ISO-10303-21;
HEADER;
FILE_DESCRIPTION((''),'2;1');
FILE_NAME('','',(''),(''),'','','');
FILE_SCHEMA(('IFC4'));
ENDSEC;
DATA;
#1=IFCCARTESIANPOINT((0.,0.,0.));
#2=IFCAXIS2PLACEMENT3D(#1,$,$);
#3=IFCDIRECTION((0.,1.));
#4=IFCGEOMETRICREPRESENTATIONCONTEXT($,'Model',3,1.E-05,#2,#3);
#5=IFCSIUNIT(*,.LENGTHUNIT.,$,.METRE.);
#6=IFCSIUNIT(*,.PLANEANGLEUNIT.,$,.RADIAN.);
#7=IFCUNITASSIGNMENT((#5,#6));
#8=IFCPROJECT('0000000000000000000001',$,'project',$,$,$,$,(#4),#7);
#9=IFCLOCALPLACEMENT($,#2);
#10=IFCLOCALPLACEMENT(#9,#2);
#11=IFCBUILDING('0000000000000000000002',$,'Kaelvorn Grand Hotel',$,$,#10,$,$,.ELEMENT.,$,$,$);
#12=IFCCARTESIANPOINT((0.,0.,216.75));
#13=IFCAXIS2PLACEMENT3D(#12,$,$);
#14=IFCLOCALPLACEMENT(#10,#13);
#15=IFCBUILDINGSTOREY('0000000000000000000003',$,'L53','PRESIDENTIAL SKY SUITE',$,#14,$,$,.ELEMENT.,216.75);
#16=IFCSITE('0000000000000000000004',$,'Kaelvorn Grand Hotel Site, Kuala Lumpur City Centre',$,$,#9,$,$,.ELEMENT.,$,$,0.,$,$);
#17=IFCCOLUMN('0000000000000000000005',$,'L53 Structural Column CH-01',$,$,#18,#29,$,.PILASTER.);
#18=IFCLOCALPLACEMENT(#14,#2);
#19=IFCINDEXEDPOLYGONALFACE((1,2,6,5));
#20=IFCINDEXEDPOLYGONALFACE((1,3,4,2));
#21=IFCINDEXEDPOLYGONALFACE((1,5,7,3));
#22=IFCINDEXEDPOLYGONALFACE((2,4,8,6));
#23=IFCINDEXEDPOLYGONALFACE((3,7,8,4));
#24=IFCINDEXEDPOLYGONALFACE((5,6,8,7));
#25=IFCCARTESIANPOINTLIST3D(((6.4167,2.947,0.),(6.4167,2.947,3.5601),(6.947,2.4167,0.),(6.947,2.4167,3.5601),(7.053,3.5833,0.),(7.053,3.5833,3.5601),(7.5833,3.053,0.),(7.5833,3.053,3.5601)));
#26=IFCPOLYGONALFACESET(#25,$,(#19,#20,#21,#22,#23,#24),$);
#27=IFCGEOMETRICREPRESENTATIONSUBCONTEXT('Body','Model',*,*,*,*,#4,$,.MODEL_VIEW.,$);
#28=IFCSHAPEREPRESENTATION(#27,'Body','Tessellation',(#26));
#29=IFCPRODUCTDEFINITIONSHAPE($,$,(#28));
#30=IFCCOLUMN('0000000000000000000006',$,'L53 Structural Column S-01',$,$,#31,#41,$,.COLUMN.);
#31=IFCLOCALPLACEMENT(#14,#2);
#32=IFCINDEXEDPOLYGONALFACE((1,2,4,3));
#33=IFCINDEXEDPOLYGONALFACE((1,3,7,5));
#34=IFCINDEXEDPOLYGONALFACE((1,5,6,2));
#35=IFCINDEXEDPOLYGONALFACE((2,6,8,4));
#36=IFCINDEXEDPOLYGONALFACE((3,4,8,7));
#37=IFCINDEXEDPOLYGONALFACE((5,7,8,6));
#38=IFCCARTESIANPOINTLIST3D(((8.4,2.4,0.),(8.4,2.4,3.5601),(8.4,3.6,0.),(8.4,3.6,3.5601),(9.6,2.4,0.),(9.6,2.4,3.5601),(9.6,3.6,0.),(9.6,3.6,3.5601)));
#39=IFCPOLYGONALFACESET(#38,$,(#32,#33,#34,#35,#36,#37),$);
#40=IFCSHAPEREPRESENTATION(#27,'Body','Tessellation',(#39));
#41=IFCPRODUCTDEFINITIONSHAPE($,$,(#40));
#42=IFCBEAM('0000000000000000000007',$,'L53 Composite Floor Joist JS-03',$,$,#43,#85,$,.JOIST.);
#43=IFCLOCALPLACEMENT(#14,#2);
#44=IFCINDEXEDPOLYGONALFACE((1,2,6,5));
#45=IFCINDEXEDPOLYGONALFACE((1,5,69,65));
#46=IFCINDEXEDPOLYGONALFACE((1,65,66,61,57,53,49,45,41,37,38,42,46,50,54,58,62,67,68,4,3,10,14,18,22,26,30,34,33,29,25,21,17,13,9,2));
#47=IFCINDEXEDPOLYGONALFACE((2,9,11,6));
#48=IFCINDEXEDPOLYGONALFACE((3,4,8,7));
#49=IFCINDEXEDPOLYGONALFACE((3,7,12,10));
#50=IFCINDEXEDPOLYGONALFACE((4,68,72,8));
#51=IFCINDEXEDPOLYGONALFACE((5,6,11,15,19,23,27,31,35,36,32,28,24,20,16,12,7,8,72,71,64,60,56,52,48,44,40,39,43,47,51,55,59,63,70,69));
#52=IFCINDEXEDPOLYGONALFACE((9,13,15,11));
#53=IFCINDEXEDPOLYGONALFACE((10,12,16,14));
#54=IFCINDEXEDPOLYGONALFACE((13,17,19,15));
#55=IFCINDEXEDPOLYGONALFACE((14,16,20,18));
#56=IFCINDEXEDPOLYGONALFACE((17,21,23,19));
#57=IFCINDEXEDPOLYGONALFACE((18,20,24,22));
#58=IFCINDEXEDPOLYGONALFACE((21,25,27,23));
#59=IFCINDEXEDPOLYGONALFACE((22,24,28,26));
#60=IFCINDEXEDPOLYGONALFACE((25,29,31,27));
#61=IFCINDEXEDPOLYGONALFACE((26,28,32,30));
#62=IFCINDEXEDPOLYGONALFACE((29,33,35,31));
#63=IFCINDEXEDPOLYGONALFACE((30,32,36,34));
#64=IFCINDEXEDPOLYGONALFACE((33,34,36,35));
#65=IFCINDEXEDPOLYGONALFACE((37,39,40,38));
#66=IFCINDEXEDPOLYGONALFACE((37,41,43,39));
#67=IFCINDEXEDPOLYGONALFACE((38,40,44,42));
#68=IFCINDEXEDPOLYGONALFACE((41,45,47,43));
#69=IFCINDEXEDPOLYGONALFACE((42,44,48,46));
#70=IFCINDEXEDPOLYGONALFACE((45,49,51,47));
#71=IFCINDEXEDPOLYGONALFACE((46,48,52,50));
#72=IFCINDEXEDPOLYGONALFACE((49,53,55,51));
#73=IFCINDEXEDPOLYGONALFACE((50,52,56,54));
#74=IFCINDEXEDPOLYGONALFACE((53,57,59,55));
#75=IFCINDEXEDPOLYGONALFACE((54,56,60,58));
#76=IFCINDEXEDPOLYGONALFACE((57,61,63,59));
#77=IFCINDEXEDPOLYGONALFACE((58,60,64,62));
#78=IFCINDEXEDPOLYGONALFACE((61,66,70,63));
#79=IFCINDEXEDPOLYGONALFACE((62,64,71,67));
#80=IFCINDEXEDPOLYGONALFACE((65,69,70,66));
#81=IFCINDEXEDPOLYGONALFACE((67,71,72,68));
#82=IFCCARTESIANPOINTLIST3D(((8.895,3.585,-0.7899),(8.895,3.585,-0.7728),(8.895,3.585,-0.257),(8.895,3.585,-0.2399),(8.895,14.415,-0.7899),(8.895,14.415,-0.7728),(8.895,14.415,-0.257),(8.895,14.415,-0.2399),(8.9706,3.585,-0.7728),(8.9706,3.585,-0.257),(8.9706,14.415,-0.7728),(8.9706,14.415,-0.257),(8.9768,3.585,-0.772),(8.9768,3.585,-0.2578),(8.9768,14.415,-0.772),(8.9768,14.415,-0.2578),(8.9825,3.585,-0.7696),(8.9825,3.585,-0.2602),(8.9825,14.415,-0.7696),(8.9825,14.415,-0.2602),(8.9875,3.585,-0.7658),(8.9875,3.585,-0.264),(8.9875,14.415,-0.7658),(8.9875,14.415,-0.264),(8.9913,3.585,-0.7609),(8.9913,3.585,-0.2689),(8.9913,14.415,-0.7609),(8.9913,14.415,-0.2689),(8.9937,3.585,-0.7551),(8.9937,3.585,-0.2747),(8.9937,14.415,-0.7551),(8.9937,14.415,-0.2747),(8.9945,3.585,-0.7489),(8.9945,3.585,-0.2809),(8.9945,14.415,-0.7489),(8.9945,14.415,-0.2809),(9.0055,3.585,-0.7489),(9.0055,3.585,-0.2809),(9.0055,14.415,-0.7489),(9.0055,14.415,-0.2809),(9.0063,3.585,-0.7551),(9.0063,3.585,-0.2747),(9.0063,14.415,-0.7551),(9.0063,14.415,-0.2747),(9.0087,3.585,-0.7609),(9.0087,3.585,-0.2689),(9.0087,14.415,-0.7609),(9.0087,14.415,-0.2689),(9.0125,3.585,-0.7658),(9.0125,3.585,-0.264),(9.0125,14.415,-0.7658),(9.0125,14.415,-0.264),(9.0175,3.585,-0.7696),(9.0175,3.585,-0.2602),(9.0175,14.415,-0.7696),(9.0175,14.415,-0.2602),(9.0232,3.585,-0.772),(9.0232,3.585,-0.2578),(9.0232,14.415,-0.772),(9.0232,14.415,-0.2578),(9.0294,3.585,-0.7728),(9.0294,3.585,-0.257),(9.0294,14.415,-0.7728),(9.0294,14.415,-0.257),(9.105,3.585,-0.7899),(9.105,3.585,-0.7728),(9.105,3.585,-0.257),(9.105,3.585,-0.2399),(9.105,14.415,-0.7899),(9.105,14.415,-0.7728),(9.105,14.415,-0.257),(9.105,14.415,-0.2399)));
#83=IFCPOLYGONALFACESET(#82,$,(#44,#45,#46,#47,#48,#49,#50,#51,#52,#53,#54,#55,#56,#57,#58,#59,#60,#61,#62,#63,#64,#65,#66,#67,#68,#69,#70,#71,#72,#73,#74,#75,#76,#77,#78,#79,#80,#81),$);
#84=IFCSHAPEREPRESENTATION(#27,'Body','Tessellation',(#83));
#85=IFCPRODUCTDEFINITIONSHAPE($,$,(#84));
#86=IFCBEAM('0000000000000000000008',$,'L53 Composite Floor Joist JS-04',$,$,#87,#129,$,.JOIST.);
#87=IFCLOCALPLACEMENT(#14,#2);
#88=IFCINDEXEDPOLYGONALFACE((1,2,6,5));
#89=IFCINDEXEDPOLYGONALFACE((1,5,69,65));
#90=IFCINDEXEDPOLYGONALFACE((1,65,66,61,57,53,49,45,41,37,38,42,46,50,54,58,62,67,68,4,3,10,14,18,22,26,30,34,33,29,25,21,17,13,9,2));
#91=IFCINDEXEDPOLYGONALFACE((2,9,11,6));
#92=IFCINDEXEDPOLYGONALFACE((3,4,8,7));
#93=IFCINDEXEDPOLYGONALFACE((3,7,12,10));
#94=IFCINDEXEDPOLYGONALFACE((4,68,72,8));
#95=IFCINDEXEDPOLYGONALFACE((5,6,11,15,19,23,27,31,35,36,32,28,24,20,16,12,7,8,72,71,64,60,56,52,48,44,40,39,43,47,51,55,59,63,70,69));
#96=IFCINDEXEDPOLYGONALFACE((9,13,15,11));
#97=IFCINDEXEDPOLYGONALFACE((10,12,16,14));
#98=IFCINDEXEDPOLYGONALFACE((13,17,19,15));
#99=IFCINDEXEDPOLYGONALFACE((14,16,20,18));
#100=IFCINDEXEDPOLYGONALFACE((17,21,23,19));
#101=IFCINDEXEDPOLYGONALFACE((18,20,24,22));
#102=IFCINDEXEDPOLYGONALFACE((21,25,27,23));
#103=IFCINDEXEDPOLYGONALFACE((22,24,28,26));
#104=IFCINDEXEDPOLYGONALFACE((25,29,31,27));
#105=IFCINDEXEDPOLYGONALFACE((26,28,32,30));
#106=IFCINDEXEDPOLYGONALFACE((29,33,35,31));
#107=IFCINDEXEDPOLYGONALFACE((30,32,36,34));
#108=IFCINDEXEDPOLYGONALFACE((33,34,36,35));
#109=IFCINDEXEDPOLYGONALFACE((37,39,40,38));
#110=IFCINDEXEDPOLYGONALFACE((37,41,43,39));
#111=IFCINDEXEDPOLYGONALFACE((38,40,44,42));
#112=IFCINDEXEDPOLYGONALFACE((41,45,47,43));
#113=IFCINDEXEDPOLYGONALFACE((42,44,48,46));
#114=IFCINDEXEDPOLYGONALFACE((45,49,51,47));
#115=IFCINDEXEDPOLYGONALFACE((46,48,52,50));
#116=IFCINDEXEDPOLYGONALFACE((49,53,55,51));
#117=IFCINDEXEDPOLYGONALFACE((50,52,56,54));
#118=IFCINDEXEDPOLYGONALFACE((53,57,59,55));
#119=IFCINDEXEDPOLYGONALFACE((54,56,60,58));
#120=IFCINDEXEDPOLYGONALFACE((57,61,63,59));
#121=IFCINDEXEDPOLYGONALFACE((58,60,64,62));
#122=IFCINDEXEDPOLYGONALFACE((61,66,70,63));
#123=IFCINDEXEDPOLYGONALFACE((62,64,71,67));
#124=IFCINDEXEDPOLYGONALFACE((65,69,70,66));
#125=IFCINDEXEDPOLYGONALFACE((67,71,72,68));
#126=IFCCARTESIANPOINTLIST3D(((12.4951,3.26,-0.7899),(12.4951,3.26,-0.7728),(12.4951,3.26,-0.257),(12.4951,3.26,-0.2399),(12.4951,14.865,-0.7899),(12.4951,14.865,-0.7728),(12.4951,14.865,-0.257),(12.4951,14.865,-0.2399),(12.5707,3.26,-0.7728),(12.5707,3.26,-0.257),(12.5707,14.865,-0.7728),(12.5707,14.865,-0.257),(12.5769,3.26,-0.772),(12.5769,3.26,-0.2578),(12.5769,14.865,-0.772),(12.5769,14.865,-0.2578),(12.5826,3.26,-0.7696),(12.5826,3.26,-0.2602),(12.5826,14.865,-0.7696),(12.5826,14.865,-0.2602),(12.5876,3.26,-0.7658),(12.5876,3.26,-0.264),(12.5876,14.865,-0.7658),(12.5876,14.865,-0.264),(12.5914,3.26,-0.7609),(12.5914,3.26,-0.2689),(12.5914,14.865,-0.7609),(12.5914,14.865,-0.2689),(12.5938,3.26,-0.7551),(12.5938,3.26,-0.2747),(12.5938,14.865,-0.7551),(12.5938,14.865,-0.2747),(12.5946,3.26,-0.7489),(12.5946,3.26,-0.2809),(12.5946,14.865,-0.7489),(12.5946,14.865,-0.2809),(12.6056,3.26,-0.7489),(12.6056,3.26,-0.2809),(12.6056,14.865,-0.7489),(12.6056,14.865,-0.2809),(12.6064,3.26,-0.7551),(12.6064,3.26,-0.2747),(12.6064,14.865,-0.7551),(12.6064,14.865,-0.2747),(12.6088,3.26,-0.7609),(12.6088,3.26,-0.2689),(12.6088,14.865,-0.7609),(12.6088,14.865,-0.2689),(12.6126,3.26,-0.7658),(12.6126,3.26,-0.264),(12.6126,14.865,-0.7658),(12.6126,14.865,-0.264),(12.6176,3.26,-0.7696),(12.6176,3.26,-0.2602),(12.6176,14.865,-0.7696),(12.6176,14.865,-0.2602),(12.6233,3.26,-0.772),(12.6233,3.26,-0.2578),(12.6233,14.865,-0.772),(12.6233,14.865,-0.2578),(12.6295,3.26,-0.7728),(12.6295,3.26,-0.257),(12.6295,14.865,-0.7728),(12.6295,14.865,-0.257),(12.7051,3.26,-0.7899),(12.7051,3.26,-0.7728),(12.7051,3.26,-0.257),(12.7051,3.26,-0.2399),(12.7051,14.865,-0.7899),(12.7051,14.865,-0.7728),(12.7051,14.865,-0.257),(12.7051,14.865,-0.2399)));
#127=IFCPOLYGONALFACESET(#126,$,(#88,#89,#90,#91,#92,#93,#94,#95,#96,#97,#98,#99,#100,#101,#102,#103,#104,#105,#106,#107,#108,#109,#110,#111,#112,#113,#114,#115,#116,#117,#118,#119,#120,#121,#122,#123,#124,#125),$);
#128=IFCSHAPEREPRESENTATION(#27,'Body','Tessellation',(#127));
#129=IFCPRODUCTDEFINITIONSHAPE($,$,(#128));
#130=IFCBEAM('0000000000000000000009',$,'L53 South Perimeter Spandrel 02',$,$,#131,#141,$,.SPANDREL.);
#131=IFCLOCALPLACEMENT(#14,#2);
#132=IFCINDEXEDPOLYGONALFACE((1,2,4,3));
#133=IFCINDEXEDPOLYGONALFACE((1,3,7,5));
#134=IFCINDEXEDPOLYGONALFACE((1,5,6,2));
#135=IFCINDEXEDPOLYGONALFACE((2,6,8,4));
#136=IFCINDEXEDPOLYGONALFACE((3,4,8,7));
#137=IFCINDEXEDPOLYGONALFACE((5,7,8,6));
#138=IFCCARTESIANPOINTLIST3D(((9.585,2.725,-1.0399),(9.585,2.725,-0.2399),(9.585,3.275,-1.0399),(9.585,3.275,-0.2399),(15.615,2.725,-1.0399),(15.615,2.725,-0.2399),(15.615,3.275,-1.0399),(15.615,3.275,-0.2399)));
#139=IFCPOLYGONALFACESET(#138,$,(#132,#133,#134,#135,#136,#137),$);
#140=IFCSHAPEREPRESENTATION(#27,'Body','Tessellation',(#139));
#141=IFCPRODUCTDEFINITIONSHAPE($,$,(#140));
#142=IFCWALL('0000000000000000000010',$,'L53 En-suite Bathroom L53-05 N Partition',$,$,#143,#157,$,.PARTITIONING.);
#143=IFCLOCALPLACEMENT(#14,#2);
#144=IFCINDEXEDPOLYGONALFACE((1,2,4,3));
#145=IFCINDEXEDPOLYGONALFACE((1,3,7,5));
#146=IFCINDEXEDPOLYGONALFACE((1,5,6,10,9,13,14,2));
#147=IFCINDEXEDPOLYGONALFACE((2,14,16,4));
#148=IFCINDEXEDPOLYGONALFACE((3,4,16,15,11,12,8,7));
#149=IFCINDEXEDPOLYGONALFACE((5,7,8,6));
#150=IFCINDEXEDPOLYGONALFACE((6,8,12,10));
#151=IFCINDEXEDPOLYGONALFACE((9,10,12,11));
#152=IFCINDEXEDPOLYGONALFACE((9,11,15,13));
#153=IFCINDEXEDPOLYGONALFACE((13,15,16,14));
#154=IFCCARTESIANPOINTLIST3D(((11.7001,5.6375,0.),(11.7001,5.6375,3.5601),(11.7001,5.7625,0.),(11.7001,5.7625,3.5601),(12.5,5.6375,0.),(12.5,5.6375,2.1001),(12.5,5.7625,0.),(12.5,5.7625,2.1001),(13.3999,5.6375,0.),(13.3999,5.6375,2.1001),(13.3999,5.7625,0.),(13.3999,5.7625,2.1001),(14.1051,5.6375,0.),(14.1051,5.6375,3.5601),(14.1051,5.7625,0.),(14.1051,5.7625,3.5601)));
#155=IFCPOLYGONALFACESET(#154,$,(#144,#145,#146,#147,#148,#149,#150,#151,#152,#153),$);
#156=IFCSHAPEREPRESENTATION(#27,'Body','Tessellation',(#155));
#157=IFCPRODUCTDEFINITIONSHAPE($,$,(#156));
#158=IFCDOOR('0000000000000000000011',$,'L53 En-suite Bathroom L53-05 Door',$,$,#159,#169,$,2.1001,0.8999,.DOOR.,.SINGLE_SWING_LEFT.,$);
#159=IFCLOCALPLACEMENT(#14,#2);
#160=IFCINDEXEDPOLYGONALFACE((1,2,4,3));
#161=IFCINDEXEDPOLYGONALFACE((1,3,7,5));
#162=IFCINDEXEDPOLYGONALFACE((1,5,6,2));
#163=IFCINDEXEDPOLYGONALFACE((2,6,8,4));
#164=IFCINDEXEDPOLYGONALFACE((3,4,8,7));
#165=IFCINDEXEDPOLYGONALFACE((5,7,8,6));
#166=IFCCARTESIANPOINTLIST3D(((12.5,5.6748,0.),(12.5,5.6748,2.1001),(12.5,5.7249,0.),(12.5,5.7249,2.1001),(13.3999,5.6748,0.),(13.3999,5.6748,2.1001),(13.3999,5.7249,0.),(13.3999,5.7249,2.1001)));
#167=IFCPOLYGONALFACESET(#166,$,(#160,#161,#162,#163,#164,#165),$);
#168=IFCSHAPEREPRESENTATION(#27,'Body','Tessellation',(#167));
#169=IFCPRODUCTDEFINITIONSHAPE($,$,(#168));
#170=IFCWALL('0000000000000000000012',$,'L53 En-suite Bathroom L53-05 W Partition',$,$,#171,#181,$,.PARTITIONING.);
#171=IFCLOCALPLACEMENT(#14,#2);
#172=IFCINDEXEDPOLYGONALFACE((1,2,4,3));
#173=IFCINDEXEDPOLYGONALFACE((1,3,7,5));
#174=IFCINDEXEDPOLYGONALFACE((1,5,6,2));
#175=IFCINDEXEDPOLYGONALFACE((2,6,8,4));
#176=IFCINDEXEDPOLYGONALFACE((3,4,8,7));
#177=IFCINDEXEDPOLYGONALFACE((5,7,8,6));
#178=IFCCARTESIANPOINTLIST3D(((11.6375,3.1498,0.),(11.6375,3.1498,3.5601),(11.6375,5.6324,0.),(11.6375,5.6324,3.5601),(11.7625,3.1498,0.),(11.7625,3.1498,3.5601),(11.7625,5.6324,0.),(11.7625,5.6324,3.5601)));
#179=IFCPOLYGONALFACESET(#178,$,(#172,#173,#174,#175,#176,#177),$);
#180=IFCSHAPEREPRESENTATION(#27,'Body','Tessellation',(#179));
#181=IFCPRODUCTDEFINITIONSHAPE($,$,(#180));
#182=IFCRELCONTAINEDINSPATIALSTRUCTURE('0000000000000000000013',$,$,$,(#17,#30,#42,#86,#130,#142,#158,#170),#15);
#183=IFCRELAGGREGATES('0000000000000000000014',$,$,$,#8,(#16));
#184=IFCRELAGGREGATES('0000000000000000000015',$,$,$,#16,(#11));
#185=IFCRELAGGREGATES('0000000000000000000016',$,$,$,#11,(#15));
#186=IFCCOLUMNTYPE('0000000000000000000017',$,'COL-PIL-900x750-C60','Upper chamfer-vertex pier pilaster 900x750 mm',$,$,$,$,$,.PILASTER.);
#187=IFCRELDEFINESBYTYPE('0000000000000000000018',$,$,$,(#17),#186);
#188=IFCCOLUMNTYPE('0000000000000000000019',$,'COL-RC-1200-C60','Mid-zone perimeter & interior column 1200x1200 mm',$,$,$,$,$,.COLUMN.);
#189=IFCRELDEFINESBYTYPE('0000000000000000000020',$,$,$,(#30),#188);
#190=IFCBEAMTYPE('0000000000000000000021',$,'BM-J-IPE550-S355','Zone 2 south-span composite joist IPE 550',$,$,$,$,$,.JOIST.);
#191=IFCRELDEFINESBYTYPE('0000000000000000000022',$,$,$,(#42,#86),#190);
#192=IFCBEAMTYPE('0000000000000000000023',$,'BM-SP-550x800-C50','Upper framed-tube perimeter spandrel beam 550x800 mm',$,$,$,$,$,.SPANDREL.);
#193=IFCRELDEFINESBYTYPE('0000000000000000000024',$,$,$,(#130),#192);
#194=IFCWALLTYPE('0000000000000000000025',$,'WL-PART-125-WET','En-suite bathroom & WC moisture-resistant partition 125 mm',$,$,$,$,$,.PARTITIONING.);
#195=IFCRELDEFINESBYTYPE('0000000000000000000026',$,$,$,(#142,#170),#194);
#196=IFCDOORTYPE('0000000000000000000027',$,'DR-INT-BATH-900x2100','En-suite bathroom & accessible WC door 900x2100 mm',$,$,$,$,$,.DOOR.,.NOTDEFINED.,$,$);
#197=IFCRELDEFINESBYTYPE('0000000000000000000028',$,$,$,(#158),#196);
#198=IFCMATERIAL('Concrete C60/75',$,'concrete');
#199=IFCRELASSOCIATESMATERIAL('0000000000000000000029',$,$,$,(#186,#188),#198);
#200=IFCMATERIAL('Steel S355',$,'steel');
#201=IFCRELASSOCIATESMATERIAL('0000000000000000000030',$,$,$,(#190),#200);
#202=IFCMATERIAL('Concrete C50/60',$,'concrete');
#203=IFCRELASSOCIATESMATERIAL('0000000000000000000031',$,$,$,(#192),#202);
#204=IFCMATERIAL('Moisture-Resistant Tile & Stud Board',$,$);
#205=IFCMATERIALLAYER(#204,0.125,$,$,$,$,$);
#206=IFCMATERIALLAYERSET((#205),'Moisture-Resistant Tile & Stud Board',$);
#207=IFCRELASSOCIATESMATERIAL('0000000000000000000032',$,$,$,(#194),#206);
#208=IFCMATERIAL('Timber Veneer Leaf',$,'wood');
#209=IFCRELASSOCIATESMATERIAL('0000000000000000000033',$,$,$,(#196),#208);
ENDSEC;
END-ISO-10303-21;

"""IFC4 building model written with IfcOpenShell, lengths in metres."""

from ifc_helpers import new_model, si_unit, direction, frame, frame_2d, origin, origin_2d, place, context, subcontext, project, spatial, rectangle, i_section, extrude, material, layer, layer_set, material_profile, profile_set, type_object, element, fill, save


model = new_model("IFC4")

# Units and contexts
model_context = context("Model", 3, precision=1e-05, world=origin(), true_north=direction((0.0, 1.0)))
body_context = subcontext(model_context, "Body", "Model", "MODEL_VIEW")
ifc_project = project(units=[si_unit("LENGTHUNIT", "METRE"), si_unit("PLANEANGLEUNIT", "RADIAN")], contexts=[model_context])

# Site, building, storey
site_placement = place(None, origin())
site = spatial("IfcSite", under=ifc_project, at=site_placement, Name="Kaelvorn Grand Hotel Site, Kuala Lumpur City Centre", CompositionType="ELEMENT", RefElevation=0.0)
building_placement = place(site_placement, origin())
building = spatial("IfcBuilding", under=site, at=building_placement, Name="Kaelvorn Grand Hotel", CompositionType="ELEMENT")
storey_placement = place(building_placement, frame((0.0, 0.0, 216.75)))
storey = spatial("IfcBuildingStorey", under=building, at=storey_placement, Name="L53", Description="PRESIDENTIAL SKY SUITE", CompositionType="ELEMENT", Elevation=216.75)

# Columns
ifc_material_1 = material(Name="Concrete C60/75", Category="concrete")
ifc_material_profile_1 = material_profile(ifc_material_1, rectangle(XDim=0.8999, YDim=0.75, at=origin_2d()), Name="RC PILASTER 900x750")
ifc_profile_set_1 = profile_set([ifc_material_profile_1], Name="Concrete C60/75")
column_type_1 = type_object("IfcColumnType", Name="COL-PIL-900x750-C60", Description="Upper chamfer-vertex pier pilaster 900x750 mm", PredefinedType="PILASTER", material=ifc_profile_set_1)
column_1_placement = place(storey_placement, frame((7.0, 3.0, 0.0), z_axis=(0.0, 0.0, 1.0), x_axis=(0.707107, 0.707107, 0.0)))
element("IfcColumn", 1, at=column_1_placement, inside=storey, type_object=column_type_1, Name="L53 Structural Column CH-01", PredefinedType="PILASTER", context=body_context, shape_type="SweptSolid", body=[
    extrude(rectangle(XDim=0.8999, YDim=0.75, at=origin_2d()), origin(), (0.0, 0.0, 1.0), 3.5601),
])
ifc_material_profile_2 = material_profile(ifc_material_1, rectangle(XDim=1.2, YDim=1.2, at=origin_2d()), Name="RC COL 1200x1200")
ifc_profile_set_2 = profile_set([ifc_material_profile_2], Name="Concrete C60/75")
column_type_2 = type_object("IfcColumnType", Name="COL-RC-1200-C60", Description="Mid-zone perimeter & interior column 1200x1200 mm", PredefinedType="COLUMN", material=ifc_profile_set_2)
column_2_placement = place(storey_placement, frame((9.0, 3.0, 0.0), z_axis=(0.0, 0.0, 1.0), x_axis=(1.0, 0.0, 0.0)))
element("IfcColumn", 2, at=column_2_placement, inside=storey, type_object=column_type_2, Name="L53 Structural Column S-01", PredefinedType="COLUMN", context=body_context, shape_type="SweptSolid", body=[
    extrude(rectangle(XDim=1.2, YDim=1.2, at=origin_2d()), origin(), (0.0, 0.0, 1.0), 3.5601),
])

# Beams
ifc_material_2 = material(Name="Steel S355", Category="steel")
ifc_material_profile_3 = material_profile(ifc_material_2, i_section(OverallWidth=0.21, OverallDepth=0.55, WebThickness=0.011, FlangeThickness=0.0171, FilletRadius=0.0239, at=origin_2d()), Name="IPE 550")
ifc_profile_set_3 = profile_set([ifc_material_profile_3], Name="Steel S355")
beam_type_1 = type_object("IfcBeamType", Name="BM-J-IPE550-S355", Description="Zone 2 south-span composite joist IPE 550", PredefinedType="JOIST", material=ifc_profile_set_3)
beam_1_placement = place(storey_placement, frame((9.0, 3.585, -0.5149), z_axis=(0.0, 1.0, 0.0), x_axis=(-1.0, 0.0, 0.0)))
element("IfcBeam", 3, at=beam_1_placement, inside=storey, type_object=beam_type_1, Name="L53 Composite Floor Joist JS-03", PredefinedType="JOIST", context=body_context, shape_type="SweptSolid", body=[
    extrude(i_section(OverallWidth=0.21, OverallDepth=0.55, WebThickness=0.011, FlangeThickness=0.0171, FilletRadius=0.0239, at=origin_2d()), origin(), (0.0, 0.0, 1.0), 10.8301),
])
beam_2_placement = place(storey_placement, frame((12.6001, 3.26, -0.5149), z_axis=(0.0, 1.0, 0.0), x_axis=(-1.0, 0.0, 0.0)))
element("IfcBeam", 4, at=beam_2_placement, inside=storey, type_object=beam_type_1, Name="L53 Composite Floor Joist JS-04", PredefinedType="JOIST", context=body_context, shape_type="SweptSolid", body=[
    extrude(i_section(OverallWidth=0.21, OverallDepth=0.55, WebThickness=0.011, FlangeThickness=0.0171, FilletRadius=0.0239, at=origin_2d()), origin(), (0.0, 0.0, 1.0), 11.605),
])
ifc_material_3 = material(Name="Concrete C50/60", Category="concrete")
ifc_material_profile_4 = material_profile(ifc_material_3, rectangle(XDim=0.55, YDim=0.8, at=origin_2d()), Name="RC SPANDREL 550x800")
ifc_profile_set_4 = profile_set([ifc_material_profile_4], Name="Concrete C50/60")
beam_type_2 = type_object("IfcBeamType", Name="BM-SP-550x800-C50", Description="Upper framed-tube perimeter spandrel beam 550x800 mm", PredefinedType="SPANDREL", material=ifc_profile_set_4)
beam_3_placement = place(storey_placement, frame((9.585, 3.0, -0.6399), z_axis=(1.0, 0.0, 0.0), x_axis=(0.0, 1.0, 0.0)))
element("IfcBeam", 5, at=beam_3_placement, inside=storey, type_object=beam_type_2, Name="L53 South Perimeter Spandrel 02", PredefinedType="SPANDREL", context=body_context, shape_type="SweptSolid", body=[
    extrude(rectangle(XDim=0.55, YDim=0.8, at=origin_2d()), origin(), (0.0, 0.0, 1.0), 6.03),
])

# Wall, opening, door
ifc_material_4 = material(Name="Moisture-Resistant Tile & Stud Board")
ifc_layer_1 = layer(ifc_material_4, 0.125)
ifc_layer_set_1 = layer_set([ifc_layer_1], Name="Moisture-Resistant Tile & Stud Board")
wall_type_1 = type_object("IfcWallType", Name="WL-PART-125-WET", Description="En-suite bathroom & WC moisture-resistant partition 125 mm", PredefinedType="PARTITIONING", material=ifc_layer_set_1)
wall_1_placement = place(storey_placement, frame((11.7, 5.7, 0.0), z_axis=(0.0, 0.0, 1.0), x_axis=(1.0, 0.0, 0.0)))
wall_1 = element("IfcWall", 6, at=wall_1_placement, inside=storey, type_object=wall_type_1, Name="L53 En-suite Bathroom L53-05 N Partition", PredefinedType="PARTITIONING", context=body_context, shape_type="SweptSolid", body=[
    extrude(rectangle(XDim=2.405, YDim=0.125, at=frame_2d((1.2026, 0.0))), origin(), (0.0, 0.0, 1.0), 3.5601),
])
opening_1_placement = place(wall_1_placement, frame((0.8, 0.0, 0.0)))
opening_1 = element("IfcOpeningElement", 7, at=opening_1_placement, cuts=wall_1, PredefinedType="OPENING", context=body_context, shape_type="SweptSolid", body=[
    extrude(rectangle(XDim=0.8999, YDim=2.1001, at=frame_2d((0.45, 1.05))), frame((0.0, 0.0725, 0.0), z_axis=(0.0, -1.0, 0.0), x_axis=(1.0, 0.0, 0.0)), (0.0, 0.0, 1.0), 0.145),
])
ifc_material_5 = material(Name="Timber Veneer Leaf", Category="wood")
door_type_1 = type_object("IfcDoorType", Name="DR-INT-BATH-900x2100", Description="En-suite bathroom & accessible WC door 900x2100 mm", OperationType="NOTDEFINED", PredefinedType="DOOR", material=ifc_material_5)
door_1_placement = place(opening_1_placement, origin())
door_1 = element("IfcDoor", 8, at=door_1_placement, inside=storey, type_object=door_type_1, Name="L53 En-suite Bathroom L53-05 Door", OperationType="SINGLE_SWING_LEFT", OverallHeight=2.1001, OverallWidth=0.8999, PredefinedType="DOOR", context=body_context, shape_type="SweptSolid", body=[
    extrude(rectangle(XDim=0.8999, YDim=2.1001, at=frame_2d((0.45, 1.05))), frame((0.0, 0.0249, 0.0), z_axis=(0.0, -1.0, 0.0), x_axis=(1.0, 0.0, 0.0)), (0.0, 0.0, 1.0), 0.05),
])
fill(opening_1, door_1)

# Wall
wall_2_placement = place(storey_placement, frame((11.7, 3.1499, 0.0), z_axis=(0.0, 0.0, 1.0), x_axis=(0.0, 1.0, 0.0)))
element("IfcWall", 9, at=wall_2_placement, inside=storey, type_object=wall_type_1, Name="L53 En-suite Bathroom L53-05 W Partition", PredefinedType="PARTITIONING", context=body_context, shape_type="SweptSolid", body=[
    extrude(rectangle(XDim=2.4827, YDim=0.125, at=frame_2d((1.2412, 0.0))), origin(), (0.0, 0.0, 1.0), 3.5601),
])

save(model, "model.ifc")
